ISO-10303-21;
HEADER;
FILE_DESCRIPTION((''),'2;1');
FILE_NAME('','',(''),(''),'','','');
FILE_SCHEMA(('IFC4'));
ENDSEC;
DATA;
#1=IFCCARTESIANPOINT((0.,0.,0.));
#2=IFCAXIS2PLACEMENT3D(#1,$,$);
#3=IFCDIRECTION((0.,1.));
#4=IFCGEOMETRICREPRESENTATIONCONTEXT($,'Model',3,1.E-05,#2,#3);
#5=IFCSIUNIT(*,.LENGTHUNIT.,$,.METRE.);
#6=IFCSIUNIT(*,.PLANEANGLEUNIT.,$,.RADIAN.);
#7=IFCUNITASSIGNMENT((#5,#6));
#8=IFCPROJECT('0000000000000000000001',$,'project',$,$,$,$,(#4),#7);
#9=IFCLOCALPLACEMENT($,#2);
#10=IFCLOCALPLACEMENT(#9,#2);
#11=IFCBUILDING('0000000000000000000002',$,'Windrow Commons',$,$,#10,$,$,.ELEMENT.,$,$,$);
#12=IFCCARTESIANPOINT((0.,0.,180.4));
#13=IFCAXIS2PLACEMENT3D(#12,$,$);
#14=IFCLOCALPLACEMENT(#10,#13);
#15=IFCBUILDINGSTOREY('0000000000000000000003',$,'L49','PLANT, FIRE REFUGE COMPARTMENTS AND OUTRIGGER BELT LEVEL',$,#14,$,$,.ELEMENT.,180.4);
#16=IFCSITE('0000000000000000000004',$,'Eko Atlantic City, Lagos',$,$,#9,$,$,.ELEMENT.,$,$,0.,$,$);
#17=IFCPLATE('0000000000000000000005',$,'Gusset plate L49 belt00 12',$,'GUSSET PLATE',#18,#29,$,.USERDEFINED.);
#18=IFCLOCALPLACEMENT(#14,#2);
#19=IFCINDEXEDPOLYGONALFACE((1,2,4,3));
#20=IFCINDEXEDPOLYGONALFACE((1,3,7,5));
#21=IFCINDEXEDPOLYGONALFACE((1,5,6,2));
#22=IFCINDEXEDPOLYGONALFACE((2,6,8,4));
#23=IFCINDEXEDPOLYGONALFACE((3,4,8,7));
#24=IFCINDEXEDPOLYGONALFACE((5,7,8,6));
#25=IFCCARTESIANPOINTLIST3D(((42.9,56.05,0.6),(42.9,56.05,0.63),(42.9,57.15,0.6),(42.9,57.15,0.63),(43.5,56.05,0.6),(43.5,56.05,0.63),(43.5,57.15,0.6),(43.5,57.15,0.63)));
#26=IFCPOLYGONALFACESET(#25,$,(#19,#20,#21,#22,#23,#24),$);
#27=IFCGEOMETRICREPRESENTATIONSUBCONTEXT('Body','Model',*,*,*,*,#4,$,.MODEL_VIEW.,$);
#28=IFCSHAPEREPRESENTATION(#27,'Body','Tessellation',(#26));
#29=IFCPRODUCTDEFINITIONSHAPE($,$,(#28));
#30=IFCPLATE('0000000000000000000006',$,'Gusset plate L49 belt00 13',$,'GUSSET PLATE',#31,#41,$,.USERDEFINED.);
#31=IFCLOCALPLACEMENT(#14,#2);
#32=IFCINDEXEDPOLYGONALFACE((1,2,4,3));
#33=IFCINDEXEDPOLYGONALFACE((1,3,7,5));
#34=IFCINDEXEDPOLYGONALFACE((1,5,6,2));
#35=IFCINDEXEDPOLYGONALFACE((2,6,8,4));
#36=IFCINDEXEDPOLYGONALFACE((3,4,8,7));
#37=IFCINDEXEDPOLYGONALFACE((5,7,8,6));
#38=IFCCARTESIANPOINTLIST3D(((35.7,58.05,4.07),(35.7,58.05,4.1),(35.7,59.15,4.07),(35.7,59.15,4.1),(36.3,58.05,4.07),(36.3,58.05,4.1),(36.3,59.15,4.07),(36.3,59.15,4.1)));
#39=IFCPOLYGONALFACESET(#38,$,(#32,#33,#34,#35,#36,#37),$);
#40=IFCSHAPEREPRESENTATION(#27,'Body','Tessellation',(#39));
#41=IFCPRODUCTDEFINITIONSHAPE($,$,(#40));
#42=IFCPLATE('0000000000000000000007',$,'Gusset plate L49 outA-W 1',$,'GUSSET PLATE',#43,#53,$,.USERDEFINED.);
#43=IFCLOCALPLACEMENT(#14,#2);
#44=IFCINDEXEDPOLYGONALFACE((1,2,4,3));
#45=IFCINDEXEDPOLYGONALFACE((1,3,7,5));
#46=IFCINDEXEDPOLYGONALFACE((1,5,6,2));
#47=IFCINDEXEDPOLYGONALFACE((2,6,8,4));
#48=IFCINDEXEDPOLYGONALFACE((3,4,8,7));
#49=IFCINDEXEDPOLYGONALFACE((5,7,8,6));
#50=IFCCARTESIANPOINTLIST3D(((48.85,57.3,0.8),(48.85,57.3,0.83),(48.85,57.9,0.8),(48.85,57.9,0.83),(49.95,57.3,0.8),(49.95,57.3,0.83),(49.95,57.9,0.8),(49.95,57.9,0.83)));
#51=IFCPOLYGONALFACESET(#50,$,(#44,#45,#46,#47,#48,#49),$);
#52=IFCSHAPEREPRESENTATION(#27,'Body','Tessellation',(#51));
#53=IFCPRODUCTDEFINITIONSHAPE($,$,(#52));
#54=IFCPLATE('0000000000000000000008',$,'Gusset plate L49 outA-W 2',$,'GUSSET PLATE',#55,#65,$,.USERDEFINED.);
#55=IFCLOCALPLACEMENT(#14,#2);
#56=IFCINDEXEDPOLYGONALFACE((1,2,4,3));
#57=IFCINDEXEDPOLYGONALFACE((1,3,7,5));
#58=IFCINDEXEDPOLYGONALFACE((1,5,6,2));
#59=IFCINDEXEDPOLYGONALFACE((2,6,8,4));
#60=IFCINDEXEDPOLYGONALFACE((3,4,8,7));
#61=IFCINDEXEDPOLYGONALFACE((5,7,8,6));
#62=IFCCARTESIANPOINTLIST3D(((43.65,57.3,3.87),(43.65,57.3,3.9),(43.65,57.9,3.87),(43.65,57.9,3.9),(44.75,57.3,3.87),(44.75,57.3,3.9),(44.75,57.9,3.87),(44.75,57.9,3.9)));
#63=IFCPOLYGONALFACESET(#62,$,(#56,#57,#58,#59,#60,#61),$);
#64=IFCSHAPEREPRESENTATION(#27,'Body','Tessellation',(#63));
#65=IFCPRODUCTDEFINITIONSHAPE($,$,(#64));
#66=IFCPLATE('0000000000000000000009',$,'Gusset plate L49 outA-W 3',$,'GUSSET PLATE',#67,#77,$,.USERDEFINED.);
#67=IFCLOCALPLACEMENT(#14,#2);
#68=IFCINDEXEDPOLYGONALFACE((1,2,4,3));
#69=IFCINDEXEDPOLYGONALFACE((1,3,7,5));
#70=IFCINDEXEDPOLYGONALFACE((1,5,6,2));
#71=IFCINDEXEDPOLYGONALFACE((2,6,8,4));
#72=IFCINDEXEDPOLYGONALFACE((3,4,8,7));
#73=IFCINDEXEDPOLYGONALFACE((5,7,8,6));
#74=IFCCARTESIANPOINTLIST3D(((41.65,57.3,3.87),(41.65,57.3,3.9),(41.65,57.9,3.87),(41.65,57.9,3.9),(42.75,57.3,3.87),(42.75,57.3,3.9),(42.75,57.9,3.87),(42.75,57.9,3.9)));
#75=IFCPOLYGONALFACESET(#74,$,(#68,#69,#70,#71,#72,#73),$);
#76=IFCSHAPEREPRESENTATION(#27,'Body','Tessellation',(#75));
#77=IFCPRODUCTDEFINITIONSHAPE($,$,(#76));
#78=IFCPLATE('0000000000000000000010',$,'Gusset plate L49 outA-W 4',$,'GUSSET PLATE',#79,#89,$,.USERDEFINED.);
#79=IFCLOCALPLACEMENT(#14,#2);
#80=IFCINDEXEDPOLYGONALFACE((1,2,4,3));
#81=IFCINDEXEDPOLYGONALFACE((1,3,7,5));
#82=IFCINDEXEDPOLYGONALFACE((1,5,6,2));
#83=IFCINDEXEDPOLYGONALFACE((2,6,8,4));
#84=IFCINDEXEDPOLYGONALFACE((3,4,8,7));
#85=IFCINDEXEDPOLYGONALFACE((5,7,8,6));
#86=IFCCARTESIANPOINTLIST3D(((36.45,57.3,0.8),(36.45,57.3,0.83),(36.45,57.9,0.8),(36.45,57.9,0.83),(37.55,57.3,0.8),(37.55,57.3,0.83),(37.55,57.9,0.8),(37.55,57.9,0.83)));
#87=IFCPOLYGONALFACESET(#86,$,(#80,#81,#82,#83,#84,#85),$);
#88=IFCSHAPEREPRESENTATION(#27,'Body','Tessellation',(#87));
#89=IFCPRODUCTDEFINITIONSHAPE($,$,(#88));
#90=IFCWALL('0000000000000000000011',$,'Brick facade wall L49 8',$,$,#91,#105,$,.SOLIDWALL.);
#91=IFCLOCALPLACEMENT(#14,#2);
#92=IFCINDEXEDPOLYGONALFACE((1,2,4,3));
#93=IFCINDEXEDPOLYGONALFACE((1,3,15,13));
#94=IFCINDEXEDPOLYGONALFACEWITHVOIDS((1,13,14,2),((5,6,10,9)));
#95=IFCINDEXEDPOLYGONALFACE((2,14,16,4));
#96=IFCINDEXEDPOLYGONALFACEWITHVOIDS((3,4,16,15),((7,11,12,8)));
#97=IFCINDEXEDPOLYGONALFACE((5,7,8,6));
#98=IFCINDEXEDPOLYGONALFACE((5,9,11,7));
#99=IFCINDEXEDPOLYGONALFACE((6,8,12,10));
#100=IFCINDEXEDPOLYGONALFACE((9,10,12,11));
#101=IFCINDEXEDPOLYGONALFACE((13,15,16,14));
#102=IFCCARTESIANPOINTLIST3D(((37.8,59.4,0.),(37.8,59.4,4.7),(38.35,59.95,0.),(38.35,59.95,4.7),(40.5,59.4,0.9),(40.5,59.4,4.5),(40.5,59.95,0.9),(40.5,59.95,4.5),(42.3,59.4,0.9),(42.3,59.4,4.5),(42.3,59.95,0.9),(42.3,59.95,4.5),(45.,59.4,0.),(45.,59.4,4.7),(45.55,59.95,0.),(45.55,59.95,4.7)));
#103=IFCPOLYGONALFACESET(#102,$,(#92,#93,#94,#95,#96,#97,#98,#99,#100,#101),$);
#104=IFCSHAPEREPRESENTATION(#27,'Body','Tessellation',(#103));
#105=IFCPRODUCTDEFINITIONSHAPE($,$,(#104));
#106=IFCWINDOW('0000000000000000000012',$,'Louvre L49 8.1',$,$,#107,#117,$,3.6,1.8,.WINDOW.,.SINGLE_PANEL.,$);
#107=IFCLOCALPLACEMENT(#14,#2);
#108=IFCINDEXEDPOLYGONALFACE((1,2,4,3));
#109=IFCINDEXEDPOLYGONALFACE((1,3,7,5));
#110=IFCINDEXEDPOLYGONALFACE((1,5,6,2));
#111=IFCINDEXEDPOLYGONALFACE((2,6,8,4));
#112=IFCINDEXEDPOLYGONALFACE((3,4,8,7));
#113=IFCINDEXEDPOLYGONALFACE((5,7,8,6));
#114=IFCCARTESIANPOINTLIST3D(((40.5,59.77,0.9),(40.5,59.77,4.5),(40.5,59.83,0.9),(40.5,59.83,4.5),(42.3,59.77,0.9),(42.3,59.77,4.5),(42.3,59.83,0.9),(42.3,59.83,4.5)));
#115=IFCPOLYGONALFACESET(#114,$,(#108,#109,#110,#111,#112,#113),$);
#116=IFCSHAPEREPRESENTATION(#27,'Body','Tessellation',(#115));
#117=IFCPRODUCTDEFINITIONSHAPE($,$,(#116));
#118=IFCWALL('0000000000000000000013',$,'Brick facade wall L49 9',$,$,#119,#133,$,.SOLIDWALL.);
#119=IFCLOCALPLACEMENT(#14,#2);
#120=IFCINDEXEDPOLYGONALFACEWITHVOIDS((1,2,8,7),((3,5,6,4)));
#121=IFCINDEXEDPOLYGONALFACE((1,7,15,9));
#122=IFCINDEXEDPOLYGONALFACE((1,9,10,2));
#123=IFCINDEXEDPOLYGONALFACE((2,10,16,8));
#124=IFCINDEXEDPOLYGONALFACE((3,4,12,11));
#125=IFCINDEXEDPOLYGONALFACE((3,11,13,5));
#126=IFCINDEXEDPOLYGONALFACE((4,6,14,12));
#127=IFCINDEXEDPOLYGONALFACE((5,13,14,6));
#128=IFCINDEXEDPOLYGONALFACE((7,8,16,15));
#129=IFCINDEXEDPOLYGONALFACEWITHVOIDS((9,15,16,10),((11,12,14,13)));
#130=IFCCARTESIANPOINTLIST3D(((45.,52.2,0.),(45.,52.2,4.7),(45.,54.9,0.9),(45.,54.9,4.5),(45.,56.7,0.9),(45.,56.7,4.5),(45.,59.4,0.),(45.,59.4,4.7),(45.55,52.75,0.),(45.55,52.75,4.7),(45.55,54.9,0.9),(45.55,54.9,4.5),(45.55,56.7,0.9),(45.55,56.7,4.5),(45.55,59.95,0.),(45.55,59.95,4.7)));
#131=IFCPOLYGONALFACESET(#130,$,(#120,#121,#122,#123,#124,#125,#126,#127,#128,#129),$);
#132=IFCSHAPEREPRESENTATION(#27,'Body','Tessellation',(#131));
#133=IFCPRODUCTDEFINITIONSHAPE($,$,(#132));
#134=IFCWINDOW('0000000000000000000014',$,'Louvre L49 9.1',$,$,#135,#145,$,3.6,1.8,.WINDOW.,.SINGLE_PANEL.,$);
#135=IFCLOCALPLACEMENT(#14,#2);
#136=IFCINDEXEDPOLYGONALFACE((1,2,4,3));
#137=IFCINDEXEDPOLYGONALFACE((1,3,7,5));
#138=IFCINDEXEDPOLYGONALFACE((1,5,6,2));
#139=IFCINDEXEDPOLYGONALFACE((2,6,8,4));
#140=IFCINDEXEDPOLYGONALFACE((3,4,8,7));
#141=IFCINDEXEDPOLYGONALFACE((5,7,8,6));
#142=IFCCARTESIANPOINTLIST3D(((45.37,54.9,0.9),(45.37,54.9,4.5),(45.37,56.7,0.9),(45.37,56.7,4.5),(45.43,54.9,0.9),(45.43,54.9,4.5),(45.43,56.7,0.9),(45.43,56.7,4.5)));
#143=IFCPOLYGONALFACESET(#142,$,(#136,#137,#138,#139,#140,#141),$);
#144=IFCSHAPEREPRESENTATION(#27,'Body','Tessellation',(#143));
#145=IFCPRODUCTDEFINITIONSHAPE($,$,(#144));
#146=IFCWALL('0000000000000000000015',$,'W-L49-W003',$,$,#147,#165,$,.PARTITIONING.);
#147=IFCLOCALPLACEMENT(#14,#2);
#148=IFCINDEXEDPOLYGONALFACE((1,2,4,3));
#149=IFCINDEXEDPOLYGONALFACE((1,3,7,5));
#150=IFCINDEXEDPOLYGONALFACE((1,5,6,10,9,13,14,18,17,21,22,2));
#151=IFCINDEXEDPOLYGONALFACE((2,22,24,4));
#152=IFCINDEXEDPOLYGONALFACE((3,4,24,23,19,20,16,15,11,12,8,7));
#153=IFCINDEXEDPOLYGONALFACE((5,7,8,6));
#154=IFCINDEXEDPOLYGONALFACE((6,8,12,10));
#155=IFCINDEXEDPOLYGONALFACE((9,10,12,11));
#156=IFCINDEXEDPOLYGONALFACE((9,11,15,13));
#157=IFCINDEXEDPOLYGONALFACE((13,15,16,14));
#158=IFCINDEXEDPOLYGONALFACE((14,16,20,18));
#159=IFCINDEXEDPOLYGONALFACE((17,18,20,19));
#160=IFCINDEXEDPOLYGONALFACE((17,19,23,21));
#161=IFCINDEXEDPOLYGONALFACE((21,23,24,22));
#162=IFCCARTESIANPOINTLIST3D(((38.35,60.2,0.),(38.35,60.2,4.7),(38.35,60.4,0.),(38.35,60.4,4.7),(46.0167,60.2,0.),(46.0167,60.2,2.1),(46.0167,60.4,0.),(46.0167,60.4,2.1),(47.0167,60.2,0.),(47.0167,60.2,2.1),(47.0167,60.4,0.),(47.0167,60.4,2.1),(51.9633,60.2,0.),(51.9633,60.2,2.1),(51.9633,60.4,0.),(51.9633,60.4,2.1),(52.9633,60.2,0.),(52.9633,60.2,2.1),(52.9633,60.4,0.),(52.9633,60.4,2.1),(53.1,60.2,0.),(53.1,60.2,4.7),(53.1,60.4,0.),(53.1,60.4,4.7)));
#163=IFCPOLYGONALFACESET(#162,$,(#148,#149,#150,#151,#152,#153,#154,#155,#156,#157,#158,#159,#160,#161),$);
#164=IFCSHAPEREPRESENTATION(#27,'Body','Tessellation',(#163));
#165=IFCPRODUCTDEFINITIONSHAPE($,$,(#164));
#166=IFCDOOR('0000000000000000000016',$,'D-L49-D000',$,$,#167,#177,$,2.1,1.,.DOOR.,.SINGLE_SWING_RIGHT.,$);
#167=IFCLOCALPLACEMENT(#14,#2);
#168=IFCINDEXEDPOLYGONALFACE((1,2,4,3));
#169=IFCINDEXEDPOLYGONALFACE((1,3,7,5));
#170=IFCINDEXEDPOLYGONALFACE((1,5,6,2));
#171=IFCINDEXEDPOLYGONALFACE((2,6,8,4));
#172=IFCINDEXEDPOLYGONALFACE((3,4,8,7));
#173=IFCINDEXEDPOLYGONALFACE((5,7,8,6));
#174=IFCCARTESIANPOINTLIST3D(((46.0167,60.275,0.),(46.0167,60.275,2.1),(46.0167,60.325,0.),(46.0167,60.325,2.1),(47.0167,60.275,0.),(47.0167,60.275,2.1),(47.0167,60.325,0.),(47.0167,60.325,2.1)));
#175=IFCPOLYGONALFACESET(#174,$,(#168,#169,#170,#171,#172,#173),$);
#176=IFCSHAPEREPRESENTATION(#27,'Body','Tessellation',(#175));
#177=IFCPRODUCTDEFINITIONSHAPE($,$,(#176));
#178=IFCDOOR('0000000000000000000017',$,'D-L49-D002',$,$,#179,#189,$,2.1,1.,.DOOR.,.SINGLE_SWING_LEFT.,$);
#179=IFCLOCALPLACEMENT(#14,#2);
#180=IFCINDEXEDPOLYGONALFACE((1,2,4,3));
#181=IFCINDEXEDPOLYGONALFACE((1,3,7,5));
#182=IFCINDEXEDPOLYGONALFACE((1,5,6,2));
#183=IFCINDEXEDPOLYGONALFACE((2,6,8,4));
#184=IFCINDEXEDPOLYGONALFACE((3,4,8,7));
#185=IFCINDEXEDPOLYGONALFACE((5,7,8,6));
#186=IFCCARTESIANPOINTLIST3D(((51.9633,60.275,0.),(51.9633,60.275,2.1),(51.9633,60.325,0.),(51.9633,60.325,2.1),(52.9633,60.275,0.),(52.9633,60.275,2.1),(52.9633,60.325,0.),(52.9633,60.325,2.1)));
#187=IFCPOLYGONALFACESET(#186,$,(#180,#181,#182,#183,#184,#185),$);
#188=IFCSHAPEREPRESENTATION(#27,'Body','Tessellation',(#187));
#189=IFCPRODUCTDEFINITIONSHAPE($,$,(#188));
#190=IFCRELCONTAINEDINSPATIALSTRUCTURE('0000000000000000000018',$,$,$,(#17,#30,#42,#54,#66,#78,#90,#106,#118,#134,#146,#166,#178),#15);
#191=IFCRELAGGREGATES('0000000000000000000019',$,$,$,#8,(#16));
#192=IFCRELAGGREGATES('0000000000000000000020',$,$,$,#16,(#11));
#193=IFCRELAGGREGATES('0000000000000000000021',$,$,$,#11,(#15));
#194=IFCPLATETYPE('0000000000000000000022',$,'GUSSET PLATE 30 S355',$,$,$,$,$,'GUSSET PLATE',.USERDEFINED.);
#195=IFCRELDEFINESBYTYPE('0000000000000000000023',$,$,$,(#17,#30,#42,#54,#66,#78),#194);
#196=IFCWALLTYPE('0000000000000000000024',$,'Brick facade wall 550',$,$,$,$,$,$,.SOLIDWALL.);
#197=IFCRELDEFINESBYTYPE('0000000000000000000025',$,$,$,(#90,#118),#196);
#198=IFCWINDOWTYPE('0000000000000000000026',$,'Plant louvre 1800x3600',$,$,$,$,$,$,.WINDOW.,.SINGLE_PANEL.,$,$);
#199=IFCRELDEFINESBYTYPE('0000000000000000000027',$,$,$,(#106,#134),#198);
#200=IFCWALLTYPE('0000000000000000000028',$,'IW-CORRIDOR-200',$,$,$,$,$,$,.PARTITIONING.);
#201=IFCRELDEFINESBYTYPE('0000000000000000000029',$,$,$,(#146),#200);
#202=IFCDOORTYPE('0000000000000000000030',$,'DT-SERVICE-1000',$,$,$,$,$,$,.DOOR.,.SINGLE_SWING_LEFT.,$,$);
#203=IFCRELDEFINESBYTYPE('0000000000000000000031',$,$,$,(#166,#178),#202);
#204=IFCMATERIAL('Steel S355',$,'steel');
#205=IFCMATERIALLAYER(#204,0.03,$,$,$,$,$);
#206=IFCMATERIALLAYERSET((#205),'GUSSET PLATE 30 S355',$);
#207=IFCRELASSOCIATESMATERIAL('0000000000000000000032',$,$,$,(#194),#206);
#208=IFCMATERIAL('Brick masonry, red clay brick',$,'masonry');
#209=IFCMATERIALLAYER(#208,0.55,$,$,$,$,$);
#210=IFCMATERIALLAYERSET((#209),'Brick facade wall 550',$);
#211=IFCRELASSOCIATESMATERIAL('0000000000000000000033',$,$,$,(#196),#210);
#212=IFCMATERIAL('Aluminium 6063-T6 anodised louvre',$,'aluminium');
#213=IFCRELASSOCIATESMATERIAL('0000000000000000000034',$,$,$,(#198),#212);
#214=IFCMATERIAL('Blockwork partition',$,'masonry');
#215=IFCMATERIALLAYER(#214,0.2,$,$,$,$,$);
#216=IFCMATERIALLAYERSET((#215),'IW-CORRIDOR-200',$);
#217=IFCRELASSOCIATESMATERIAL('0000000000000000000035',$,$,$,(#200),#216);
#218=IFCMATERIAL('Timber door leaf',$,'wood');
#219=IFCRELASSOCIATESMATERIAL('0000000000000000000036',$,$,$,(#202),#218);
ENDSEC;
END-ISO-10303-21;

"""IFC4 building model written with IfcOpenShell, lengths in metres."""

from ifc_helpers import new_model, si_unit, direction, frame, frame_2d, origin, origin_2d, place, context, subcontext, project, spatial, polyline, rectangle, outline, extrude, material, layer, layer_set, type_object, element, fill, save


model = new_model("IFC4")

# Units and contexts
model_context = context("Model", 3, precision=1e-05, world=origin(), true_north=direction((0.0, 1.0)))
body_context = subcontext(model_context, "Body", "Model", "MODEL_VIEW")
ifc_project = project(units=[si_unit("LENGTHUNIT", "METRE"), si_unit("PLANEANGLEUNIT", "RADIAN")], contexts=[model_context])

# Site, building, storey
site_placement = place(None, origin())
site = spatial("IfcSite", under=ifc_project, at=site_placement, Name="Eko Atlantic City, Lagos", CompositionType="ELEMENT", RefElevation=0.0)
building_placement = place(site_placement, origin())
building = spatial("IfcBuilding", under=site, at=building_placement, Name="Windrow Commons", CompositionType="ELEMENT")
storey_placement = place(building_placement, frame((0.0, 0.0, 180.4)))
storey = spatial("IfcBuildingStorey", under=building, at=storey_placement, Name="L49", Description="PLANT, FIRE REFUGE COMPARTMENTS AND OUTRIGGER BELT LEVEL", CompositionType="ELEMENT", Elevation=180.4)

# Plates
ifc_material_1 = material(Name="Steel S355", Category="steel")
ifc_layer_1 = layer(ifc_material_1, 0.03)
ifc_layer_set_1 = layer_set([ifc_layer_1], Name="GUSSET PLATE 30 S355")
plate_type_1 = type_object("IfcPlateType", Name="GUSSET PLATE 30 S355", ElementType="GUSSET PLATE", PredefinedType="USERDEFINED", material=ifc_layer_set_1)
for number, where, z_axis, x_axis, name in (
    (1, (43.2, 56.6, 0.6), (0.0, 0.0, 1.0), (0.0, 1.0, 0.0), "Gusset plate L49 belt00 12"),
    (2, (36.0, 58.6, 4.07), (0.0, 0.0, 1.0), (0.0, 1.0, 0.0), "Gusset plate L49 belt00 13"),
    (3, (49.4, 57.6, 0.8), (0.0, 0.0, 1.0), (-1.0, 0.0, 0.0), "Gusset plate L49 outA-W 1"),
    (4, (44.2, 57.6, 3.87), (0.0, 0.0, 1.0), (-1.0, 0.0, 0.0), "Gusset plate L49 outA-W 2"),
    (5, (42.2, 57.6, 3.87), (0.0, 0.0, 1.0), (-1.0, 0.0, 0.0), "Gusset plate L49 outA-W 3"),
    (6, (37.0, 57.6, 0.8), (0.0, 0.0, 1.0), (-1.0, 0.0, 0.0), "Gusset plate L49 outA-W 4"),
):
    element("IfcPlate", number, at=place(storey_placement, frame(where, z_axis=z_axis, x_axis=x_axis)), inside=storey, type_object=plate_type_1, Name=name, ObjectType="GUSSET PLATE", PredefinedType="USERDEFINED", context=body_context, shape_type="SweptSolid", body=[
        extrude(rectangle(XDim=1.1, YDim=0.6, at=origin_2d()), origin(), (0.0, 0.0, 1.0), 0.03),
    ])

# Walls, openings, windows
ifc_material_2 = material(Name="Brick masonry, red clay brick", Category="masonry")
ifc_layer_2 = layer(ifc_material_2, 0.55)
ifc_layer_set_2 = layer_set([ifc_layer_2], Name="Brick facade wall 550")
wall_type_1 = type_object("IfcWallType", Name="Brick facade wall 550", PredefinedType="SOLIDWALL", material=ifc_layer_set_2)
wall_1_placement = place(storey_placement, frame((38.075, 59.675, 0.0), z_axis=(0.0, 0.0, 1.0), x_axis=(1.0, 0.0, 0.0)))
wall_1 = element("IfcWall", 7, at=wall_1_placement, inside=storey, type_object=wall_type_1, Name="Brick facade wall L49 8", PredefinedType="SOLIDWALL", context=body_context, shape_type="SweptSolid", body=[
    extrude(outline(polyline([(-0.275, -0.275), (6.925, -0.275), (7.475, 0.275), (0.275, 0.275), (-0.275, -0.275)])), origin(), (0.0, 0.0, 1.0), 4.7),
])
opening_1_placement = place(wall_1_placement, frame((2.425, 0.0, 0.9)))
opening_1 = element("IfcOpeningElement", 8, at=opening_1_placement, cuts=wall_1, PredefinedType="OPENING", context=body_context, shape_type="SweptSolid", body=[
    extrude(rectangle(XDim=1.8, YDim=3.6, at=frame_2d((0.9, 1.8))), frame((0.0, 0.285, 0.0), z_axis=(0.0, -1.0, 0.0), x_axis=(1.0, 0.0, 0.0)), (0.0, 0.0, 1.0), 0.57),
])
ifc_material_3 = material(Name="Aluminium 6063-T6 anodised louvre", Category="aluminium")
window_type = type_object("IfcWindowType", Name="Plant louvre 1800x3600", PartitioningType="SINGLE_PANEL", PredefinedType="WINDOW", material=ifc_material_3)
window_1_placement = place(opening_1_placement, origin())
window_1 = element("IfcWindow", 9, at=window_1_placement, inside=storey, type_object=window_type, Name="Louvre L49 8.1", OverallHeight=3.6, OverallWidth=1.8, PartitioningType="SINGLE_PANEL", PredefinedType="WINDOW", context=body_context, shape_type="SweptSolid", body=[
    extrude(rectangle(XDim=1.8, YDim=3.6, at=frame_2d((0.9, 1.8))), frame((0.0, 0.155, 0.0), z_axis=(0.0, -1.0, 0.0), x_axis=(1.0, 0.0, 0.0)), (0.0, 0.0, 1.0), 0.06),
])
fill(opening_1, window_1)
wall_2_placement = place(storey_placement, frame((45.275, 59.675, 0.0), z_axis=(0.0, 0.0, 1.0), x_axis=(0.0, -1.0, 0.0)))
wall_2 = element("IfcWall", 10, at=wall_2_placement, inside=storey, type_object=wall_type_1, Name="Brick facade wall L49 9", PredefinedType="SOLIDWALL", context=body_context, shape_type="SweptSolid", body=[
    extrude(outline(polyline([(0.275, -0.275), (7.475, -0.275), (6.925, 0.275), (-0.275, 0.275), (0.275, -0.275)])), origin(), (0.0, 0.0, 1.0), 4.7),
])
opening_2_placement = place(wall_2_placement, frame((2.975, 0.0, 0.9)))
opening_2 = element("IfcOpeningElement", 11, at=opening_2_placement, cuts=wall_2, PredefinedType="OPENING", context=body_context, shape_type="SweptSolid", body=[
    extrude(rectangle(XDim=1.8, YDim=3.6, at=frame_2d((0.9, 1.8))), frame((0.0, 0.285, 0.0), z_axis=(0.0, -1.0, 0.0), x_axis=(1.0, 0.0, 0.0)), (0.0, 0.0, 1.0), 0.57),
])
window_2_placement = place(opening_2_placement, origin())
window_2 = element("IfcWindow", 12, at=window_2_placement, inside=storey, type_object=window_type, Name="Louvre L49 9.1", OverallHeight=3.6, OverallWidth=1.8, PartitioningType="SINGLE_PANEL", PredefinedType="WINDOW", context=body_context, shape_type="SweptSolid", body=[
    extrude(rectangle(XDim=1.8, YDim=3.6, at=frame_2d((0.9, 1.8))), frame((0.0, 0.155, 0.0), z_axis=(0.0, -1.0, 0.0), x_axis=(1.0, 0.0, 0.0)), (0.0, 0.0, 1.0), 0.06),
])
fill(opening_2, window_2)

# Wall, openings, doors
ifc_material_4 = material(Name="Blockwork partition", Category="masonry")
ifc_layer_3 = layer(ifc_material_4, 0.2)
ifc_layer_set_3 = layer_set([ifc_layer_3], Name="IW-CORRIDOR-200")
wall_type_2 = type_object("IfcWallType", Name="IW-CORRIDOR-200", PredefinedType="PARTITIONING", material=ifc_layer_set_3)
wall_3_placement = place(storey_placement, frame((38.35, 60.3, 0.0), z_axis=(0.0, 0.0, 1.0), x_axis=(1.0, 0.0, 0.0)))
wall_3 = element("IfcWall", 13, at=wall_3_placement, inside=storey, type_object=wall_type_2, Name="W-L49-W003", PredefinedType="PARTITIONING", context=body_context, shape_type="SweptSolid", body=[
    extrude(rectangle(XDim=14.75, YDim=0.2, at=frame_2d((7.375, 0.0))), origin(), (0.0, 0.0, 1.0), 4.7),
])
opening_3_placement = place(wall_3_placement, frame((7.6667, 0.0, 0.0)))
opening_3 = element("IfcOpeningElement", 14, at=opening_3_placement, cuts=wall_3, PredefinedType="OPENING", context=body_context, shape_type="SweptSolid", body=[
    extrude(rectangle(XDim=1.0, YDim=2.1, at=frame_2d((0.5, 1.05))), frame((0.0, 0.11, 0.0), z_axis=(0.0, -1.0, 0.0), x_axis=(1.0, 0.0, 0.0)), (0.0, 0.0, 1.0), 0.22),
])
opening_4_placement = place(wall_3_placement, frame((13.6133, 0.0, 0.0)))
opening_4 = element("IfcOpeningElement", 15, at=opening_4_placement, cuts=wall_3, PredefinedType="OPENING", context=body_context, shape_type="SweptSolid", body=[
    extrude(rectangle(XDim=1.0, YDim=2.1, at=frame_2d((0.5, 1.05))), frame((0.0, 0.11, 0.0), z_axis=(0.0, -1.0, 0.0), x_axis=(1.0, 0.0, 0.0)), (0.0, 0.0, 1.0), 0.22),
])
ifc_material_5 = material(Name="Timber door leaf", Category="wood")
door_type = type_object("IfcDoorType", Name="DT-SERVICE-1000", OperationType="SINGLE_SWING_LEFT", PredefinedType="DOOR", material=ifc_material_5)
door_1_placement = place(opening_3_placement, origin())
door_1 = element("IfcDoor", 16, at=door_1_placement, inside=storey, type_object=door_type, Name="D-L49-D000", OperationType="SINGLE_SWING_RIGHT", OverallHeight=2.1, OverallWidth=1.0, PredefinedType="DOOR", context=body_context, shape_type="SweptSolid", body=[
    extrude(rectangle(XDim=1.0, YDim=2.1, at=frame_2d((0.5, 1.05))), frame((0.0, 0.025, 0.0), z_axis=(0.0, -1.0, 0.0), x_axis=(1.0, 0.0, 0.0)), (0.0, 0.0, 1.0), 0.05),
])
fill(opening_3, door_1)
door_2_placement = place(opening_4_placement, origin())
door_2 = element("IfcDoor", 17, at=door_2_placement, inside=storey, type_object=door_type, Name="D-L49-D002", OperationType="SINGLE_SWING_LEFT", OverallHeight=2.1, OverallWidth=1.0, PredefinedType="DOOR", context=body_context, shape_type="SweptSolid", body=[
    extrude(rectangle(XDim=1.0, YDim=2.1, at=frame_2d((0.5, 1.05))), frame((0.0, 0.025, 0.0), z_axis=(0.0, -1.0, 0.0), x_axis=(1.0, 0.0, 0.0)), (0.0, 0.0, 1.0), 0.05),
])
fill(opening_4, door_2)

save(model, "model.ifc")
